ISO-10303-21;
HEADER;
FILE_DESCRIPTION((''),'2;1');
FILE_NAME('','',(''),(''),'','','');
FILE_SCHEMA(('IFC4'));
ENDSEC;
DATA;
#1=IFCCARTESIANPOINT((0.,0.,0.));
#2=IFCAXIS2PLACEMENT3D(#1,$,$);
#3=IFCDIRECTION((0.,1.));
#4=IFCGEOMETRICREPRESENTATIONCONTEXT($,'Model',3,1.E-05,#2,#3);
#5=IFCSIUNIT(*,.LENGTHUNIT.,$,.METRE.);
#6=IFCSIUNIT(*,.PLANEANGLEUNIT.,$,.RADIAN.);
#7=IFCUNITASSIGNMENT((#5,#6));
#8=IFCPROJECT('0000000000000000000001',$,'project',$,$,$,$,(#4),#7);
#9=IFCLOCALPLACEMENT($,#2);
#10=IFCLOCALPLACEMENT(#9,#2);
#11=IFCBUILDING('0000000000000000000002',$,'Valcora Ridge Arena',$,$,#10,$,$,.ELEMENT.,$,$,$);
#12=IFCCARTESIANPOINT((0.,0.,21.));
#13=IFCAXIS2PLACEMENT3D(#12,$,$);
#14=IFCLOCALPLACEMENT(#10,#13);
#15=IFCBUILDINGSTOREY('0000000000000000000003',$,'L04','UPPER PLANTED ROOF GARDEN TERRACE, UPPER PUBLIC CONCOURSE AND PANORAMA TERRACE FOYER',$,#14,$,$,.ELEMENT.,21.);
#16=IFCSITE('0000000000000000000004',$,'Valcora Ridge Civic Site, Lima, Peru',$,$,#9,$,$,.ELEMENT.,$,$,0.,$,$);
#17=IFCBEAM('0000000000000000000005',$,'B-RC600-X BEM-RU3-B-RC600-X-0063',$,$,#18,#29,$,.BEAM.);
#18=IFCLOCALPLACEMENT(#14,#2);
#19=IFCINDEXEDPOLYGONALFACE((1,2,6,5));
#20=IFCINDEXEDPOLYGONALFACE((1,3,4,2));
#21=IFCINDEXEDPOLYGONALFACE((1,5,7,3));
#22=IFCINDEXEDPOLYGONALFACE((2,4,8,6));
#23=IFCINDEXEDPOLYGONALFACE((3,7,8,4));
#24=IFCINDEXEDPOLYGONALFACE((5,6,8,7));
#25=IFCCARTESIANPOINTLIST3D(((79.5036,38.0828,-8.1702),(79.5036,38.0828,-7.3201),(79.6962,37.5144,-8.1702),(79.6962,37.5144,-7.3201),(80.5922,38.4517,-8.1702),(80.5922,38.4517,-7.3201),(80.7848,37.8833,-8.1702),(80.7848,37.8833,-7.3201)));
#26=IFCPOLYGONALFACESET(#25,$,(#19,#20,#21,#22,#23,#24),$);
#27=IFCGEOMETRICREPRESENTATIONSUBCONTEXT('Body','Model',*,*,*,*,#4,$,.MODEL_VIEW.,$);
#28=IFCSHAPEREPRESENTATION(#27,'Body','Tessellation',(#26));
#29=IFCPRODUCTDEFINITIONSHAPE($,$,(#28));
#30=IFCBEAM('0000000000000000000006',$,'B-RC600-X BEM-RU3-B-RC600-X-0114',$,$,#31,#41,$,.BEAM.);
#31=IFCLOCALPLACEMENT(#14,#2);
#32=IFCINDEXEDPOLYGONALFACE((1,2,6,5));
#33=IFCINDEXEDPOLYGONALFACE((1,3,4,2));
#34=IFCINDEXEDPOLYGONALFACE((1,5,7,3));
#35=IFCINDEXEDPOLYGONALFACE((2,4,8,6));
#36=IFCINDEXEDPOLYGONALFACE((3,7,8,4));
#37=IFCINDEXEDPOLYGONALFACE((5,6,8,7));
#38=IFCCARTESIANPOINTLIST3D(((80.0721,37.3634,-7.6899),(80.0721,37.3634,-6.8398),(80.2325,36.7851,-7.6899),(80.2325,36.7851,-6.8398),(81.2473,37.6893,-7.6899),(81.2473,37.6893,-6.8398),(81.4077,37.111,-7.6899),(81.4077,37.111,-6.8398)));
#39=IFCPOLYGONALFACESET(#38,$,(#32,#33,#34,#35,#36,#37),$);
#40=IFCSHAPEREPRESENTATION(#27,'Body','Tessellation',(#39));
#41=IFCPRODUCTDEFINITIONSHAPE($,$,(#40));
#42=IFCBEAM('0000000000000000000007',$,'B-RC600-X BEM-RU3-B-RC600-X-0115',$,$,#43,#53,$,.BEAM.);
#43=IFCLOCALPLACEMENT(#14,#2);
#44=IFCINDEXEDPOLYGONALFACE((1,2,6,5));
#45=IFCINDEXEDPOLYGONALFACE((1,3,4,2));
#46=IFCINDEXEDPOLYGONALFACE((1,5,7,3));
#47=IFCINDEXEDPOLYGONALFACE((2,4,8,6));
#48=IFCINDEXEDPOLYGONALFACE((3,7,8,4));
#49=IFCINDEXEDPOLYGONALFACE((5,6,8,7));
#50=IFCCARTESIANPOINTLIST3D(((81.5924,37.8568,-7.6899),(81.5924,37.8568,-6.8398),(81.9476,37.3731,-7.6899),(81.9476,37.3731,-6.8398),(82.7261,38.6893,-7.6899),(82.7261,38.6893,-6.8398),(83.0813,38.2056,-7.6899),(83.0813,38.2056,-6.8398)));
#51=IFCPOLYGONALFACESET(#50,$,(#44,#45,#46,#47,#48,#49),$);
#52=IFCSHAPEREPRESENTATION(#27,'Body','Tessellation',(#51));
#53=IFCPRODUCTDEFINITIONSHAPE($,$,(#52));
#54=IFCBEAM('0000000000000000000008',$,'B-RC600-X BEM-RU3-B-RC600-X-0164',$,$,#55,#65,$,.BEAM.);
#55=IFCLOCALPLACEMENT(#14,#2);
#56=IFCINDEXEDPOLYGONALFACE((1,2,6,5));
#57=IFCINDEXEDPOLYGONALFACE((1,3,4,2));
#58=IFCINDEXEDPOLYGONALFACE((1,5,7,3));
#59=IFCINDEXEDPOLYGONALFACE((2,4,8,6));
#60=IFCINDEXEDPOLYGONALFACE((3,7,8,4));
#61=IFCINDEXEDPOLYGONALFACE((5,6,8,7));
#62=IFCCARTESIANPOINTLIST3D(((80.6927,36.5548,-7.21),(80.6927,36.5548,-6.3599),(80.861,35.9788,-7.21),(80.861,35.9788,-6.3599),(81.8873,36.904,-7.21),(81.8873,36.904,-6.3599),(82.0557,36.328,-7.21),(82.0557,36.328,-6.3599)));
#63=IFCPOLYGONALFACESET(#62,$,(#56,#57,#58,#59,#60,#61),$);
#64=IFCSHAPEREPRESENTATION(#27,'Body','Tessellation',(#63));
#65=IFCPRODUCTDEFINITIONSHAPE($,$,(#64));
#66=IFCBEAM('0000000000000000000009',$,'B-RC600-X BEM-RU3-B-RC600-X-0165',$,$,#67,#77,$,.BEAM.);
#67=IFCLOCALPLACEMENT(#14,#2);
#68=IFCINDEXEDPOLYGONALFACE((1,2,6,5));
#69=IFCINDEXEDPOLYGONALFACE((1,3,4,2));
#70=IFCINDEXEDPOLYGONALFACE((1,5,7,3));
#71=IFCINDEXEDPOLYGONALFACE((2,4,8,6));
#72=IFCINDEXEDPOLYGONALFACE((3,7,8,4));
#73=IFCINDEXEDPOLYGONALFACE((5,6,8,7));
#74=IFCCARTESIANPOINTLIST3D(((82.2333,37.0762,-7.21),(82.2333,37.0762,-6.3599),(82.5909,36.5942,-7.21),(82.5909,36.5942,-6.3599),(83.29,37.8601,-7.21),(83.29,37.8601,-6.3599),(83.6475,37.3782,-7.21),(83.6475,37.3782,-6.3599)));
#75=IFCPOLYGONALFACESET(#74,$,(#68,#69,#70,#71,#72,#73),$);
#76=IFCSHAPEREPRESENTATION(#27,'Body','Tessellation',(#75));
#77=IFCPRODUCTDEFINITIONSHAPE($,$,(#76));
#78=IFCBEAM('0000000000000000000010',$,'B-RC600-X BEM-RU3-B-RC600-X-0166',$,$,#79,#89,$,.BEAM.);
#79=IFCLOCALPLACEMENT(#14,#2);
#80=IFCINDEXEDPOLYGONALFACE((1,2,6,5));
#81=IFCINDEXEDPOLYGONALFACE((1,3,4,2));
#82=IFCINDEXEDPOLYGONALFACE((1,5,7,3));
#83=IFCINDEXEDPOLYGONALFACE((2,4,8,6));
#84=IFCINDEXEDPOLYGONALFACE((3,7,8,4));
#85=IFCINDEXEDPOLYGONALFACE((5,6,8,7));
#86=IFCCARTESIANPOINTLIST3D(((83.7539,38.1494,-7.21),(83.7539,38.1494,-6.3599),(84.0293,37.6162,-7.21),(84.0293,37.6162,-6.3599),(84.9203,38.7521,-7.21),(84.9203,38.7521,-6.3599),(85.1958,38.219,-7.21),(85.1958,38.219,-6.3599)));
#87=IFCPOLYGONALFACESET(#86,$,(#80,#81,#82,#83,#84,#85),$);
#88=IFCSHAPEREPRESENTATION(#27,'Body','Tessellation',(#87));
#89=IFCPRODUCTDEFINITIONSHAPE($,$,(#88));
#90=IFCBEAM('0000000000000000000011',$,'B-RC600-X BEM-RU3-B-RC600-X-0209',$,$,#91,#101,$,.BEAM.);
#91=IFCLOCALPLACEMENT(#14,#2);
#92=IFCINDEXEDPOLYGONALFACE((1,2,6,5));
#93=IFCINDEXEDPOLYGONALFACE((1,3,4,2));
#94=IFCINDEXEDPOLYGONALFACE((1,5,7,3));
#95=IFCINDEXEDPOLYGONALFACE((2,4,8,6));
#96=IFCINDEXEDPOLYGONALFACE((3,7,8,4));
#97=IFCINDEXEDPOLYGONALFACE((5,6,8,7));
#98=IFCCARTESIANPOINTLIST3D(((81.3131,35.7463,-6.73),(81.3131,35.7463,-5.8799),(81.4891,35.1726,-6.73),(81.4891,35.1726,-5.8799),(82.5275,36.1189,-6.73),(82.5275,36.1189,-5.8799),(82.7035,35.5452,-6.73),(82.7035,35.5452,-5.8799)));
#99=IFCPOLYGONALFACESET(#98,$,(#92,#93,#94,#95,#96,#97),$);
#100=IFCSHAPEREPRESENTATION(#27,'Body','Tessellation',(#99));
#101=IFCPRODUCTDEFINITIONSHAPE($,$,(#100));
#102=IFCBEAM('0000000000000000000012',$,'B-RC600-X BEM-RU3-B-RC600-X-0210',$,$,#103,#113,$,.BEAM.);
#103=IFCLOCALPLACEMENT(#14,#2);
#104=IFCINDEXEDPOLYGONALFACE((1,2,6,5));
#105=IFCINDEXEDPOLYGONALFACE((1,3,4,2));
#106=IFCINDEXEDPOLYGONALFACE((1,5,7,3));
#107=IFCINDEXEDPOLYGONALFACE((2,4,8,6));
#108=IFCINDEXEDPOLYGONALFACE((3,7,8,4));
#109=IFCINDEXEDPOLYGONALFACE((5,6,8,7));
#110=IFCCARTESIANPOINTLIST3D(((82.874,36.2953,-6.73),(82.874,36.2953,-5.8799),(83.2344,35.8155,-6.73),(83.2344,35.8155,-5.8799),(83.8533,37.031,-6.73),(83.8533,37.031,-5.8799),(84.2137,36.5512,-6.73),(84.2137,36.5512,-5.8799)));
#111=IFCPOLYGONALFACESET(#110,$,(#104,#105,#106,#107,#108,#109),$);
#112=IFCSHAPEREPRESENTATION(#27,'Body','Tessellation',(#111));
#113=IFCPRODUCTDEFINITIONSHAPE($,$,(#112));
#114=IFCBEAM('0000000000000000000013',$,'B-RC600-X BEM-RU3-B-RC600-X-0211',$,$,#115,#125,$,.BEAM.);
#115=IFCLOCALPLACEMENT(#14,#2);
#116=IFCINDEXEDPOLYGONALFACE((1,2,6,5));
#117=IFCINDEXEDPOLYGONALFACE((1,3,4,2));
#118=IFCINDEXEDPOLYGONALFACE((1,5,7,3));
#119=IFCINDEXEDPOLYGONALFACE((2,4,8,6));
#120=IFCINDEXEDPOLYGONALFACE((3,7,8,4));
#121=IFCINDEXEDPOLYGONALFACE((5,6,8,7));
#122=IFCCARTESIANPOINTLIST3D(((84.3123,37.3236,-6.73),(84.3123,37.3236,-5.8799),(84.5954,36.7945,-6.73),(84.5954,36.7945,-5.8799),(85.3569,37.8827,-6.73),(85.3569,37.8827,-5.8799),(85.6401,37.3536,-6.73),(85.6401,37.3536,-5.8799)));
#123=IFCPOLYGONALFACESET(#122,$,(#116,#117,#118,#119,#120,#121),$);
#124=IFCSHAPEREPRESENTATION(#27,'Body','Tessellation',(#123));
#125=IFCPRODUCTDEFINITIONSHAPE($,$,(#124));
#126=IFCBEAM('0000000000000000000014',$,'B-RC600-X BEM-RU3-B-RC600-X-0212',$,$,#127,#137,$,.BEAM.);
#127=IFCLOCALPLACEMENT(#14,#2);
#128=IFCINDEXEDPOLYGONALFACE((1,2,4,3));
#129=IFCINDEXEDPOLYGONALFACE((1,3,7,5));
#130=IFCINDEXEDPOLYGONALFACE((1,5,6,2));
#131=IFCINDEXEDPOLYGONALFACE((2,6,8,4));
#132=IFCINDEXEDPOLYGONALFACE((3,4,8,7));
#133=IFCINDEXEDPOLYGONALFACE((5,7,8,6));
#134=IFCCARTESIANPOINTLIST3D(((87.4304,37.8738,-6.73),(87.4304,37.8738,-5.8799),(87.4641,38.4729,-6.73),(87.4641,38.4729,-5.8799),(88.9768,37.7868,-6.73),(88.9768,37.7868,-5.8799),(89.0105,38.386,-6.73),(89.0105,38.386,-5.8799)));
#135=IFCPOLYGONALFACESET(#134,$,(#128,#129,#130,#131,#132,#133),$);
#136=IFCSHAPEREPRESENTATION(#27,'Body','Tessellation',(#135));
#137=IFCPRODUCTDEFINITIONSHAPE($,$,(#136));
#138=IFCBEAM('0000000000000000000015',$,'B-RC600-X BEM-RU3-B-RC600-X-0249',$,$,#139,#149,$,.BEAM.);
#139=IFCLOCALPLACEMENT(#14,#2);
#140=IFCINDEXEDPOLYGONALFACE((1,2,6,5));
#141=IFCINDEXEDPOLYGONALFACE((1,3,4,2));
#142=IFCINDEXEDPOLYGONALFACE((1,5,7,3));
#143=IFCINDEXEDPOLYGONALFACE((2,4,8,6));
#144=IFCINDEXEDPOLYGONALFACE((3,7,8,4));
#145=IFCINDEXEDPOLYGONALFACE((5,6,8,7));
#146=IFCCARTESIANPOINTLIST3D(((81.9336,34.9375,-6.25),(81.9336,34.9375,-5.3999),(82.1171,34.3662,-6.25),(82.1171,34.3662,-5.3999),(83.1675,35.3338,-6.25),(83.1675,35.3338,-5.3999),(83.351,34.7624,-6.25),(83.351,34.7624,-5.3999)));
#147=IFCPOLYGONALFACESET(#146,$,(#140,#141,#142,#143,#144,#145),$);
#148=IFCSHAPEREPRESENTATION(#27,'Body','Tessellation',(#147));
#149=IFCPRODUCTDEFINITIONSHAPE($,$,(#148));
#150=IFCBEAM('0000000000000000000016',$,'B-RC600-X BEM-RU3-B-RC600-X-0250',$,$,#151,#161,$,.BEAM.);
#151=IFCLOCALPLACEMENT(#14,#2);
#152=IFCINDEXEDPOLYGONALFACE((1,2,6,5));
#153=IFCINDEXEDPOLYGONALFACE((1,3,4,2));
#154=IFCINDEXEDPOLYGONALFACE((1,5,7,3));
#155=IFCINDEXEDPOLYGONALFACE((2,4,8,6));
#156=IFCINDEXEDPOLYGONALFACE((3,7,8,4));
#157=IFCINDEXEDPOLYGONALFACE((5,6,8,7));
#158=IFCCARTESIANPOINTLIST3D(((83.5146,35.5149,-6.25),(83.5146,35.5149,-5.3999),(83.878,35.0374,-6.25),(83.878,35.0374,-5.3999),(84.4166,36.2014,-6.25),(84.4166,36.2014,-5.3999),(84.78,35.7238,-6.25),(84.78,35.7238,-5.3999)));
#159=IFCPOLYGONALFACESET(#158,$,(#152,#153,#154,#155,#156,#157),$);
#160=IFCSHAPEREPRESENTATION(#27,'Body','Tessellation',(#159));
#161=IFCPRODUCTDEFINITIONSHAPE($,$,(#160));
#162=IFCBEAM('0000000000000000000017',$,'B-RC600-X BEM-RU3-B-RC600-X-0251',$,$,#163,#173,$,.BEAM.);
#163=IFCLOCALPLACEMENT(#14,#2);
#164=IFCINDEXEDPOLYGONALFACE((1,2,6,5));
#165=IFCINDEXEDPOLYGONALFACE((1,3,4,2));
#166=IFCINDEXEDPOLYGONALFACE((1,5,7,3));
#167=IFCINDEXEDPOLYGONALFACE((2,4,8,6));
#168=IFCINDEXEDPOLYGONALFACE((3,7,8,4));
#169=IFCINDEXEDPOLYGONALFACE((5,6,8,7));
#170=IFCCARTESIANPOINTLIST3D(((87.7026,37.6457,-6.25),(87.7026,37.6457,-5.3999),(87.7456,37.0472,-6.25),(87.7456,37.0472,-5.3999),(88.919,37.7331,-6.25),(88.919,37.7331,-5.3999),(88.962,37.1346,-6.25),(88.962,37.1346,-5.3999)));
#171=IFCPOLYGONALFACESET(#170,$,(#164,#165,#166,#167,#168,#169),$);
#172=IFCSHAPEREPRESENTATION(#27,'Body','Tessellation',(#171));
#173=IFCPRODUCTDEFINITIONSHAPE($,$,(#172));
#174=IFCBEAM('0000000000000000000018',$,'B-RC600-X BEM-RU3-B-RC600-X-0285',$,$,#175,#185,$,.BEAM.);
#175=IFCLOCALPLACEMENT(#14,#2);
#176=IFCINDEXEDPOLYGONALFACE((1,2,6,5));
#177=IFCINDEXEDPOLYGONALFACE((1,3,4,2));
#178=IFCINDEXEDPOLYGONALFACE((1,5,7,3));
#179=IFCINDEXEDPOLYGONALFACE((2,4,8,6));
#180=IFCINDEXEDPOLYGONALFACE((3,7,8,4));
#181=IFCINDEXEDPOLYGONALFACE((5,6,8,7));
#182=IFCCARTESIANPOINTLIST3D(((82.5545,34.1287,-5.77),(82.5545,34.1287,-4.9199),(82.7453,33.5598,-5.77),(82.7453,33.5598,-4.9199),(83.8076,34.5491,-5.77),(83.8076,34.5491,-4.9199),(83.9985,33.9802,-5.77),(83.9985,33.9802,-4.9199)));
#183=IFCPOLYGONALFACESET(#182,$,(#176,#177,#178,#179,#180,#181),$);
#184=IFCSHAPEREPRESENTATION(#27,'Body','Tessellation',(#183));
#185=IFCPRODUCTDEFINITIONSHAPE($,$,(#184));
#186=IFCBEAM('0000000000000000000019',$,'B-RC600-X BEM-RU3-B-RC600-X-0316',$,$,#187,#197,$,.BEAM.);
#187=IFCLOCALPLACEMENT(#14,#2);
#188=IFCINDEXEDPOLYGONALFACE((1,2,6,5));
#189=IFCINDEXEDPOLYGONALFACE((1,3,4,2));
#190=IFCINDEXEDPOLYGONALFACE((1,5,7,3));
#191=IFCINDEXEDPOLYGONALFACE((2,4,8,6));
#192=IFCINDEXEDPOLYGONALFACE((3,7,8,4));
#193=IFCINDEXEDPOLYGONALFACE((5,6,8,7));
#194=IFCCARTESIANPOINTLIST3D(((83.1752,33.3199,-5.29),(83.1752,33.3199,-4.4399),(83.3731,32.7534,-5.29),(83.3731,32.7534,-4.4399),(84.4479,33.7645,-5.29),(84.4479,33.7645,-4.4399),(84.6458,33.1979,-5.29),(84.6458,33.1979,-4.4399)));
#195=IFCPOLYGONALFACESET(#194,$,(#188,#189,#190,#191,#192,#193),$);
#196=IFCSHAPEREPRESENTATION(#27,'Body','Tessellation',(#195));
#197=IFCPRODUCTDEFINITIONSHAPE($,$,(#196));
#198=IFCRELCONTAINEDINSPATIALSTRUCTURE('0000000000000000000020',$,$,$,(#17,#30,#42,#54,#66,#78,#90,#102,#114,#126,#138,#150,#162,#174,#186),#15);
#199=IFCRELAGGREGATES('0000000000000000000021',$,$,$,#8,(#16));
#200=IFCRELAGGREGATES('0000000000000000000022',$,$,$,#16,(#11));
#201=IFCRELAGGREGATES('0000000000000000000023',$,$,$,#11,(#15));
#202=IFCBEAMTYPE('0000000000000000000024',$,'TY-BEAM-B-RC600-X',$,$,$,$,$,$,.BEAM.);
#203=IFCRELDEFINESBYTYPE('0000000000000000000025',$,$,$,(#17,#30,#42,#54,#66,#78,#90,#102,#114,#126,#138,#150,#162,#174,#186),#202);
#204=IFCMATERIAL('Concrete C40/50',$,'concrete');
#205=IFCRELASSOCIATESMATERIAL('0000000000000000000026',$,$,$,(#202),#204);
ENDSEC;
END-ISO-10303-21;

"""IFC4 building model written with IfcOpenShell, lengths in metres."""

from ifc_helpers import new_model, si_unit, direction, frame, origin, origin_2d, place, context, subcontext, project, spatial, rectangle, extrude, material, material_profile, profile_set, type_object, element, save


model = new_model("IFC4")

# Units and contexts
model_context = context("Model", 3, precision=1e-05, world=origin(), true_north=direction((0.0, 1.0)))
body_context = subcontext(model_context, "Body", "Model", "MODEL_VIEW")
ifc_project = project(units=[si_unit("LENGTHUNIT", "METRE"), si_unit("PLANEANGLEUNIT", "RADIAN")], contexts=[model_context])

# Site, building, storey
site_placement = place(None, origin())
site = spatial("IfcSite", under=ifc_project, at=site_placement, Name="Valcora Ridge Civic Site, Lima, Peru", CompositionType="ELEMENT", RefElevation=0.0)
building_placement = place(site_placement, origin())
building = spatial("IfcBuilding", under=site, at=building_placement, Name="Valcora Ridge Arena", CompositionType="ELEMENT")
storey_placement = place(building_placement, frame((0.0, 0.0, 21.0)))
storey = spatial("IfcBuildingStorey", under=building, at=storey_placement, Name="L04", Description="UPPER PLANTED ROOF GARDEN TERRACE, UPPER PUBLIC CONCOURSE AND PANORAMA TERRACE FOYER", CompositionType="ELEMENT", Elevation=21.0)

# Beams
ifc_material_1 = material(Name="Concrete C40/50", Category="concrete")
ifc_material_profile_1 = material_profile(ifc_material_1, rectangle(XDim=0.6001, YDim=0.8501, at=origin_2d()), Name="RC 600x850")
ifc_profile_set_1 = profile_set([ifc_material_profile_1], Name="Concrete C40/50")
beam_type_1 = type_object("IfcBeamType", Name="TY-BEAM-B-RC600-X", PredefinedType="BEAM", material=ifc_profile_set_1)
beam_1_placement = place(storey_placement, frame((79.5999, 37.7986, -7.7451), z_axis=(0.9471, 0.320939, 0.0), x_axis=(-0.320939, 0.9471, 0.0)))
element("IfcBeam", 1, at=beam_1_placement, inside=storey, type_object=beam_type_1, Name="B-RC600-X BEM-RU3-B-RC600-X-0063", PredefinedType="BEAM", context=body_context, shape_type="SweptSolid", body=[
    extrude(rectangle(XDim=0.6001, YDim=0.8501, at=origin_2d()), origin(), (0.0, 0.0, 1.0), 1.1494),
])
beam_2_placement = place(storey_placement, frame((80.1523, 37.0742, -7.2649), z_axis=(0.963618, 0.267282, 0.0), x_axis=(-0.267282, 0.963618, 0.0)))
element("IfcBeam", 2, at=beam_2_placement, inside=storey, type_object=beam_type_1, Name="B-RC600-X BEM-RU3-B-RC600-X-0114", PredefinedType="BEAM", context=body_context, shape_type="SweptSolid", body=[
    extrude(rectangle(XDim=0.6001, YDim=0.8501, at=origin_2d()), origin(), (0.0, 0.0, 1.0), 1.2195),
])
beam_3_placement = place(storey_placement, frame((81.77, 37.615, -7.2649), z_axis=(0.806041, 0.59186, 0.0), x_axis=(-0.59186, 0.806041, 0.0)))
element("IfcBeam", 3, at=beam_3_placement, inside=storey, type_object=beam_type_1, Name="B-RC600-X BEM-RU3-B-RC600-X-0115", PredefinedType="BEAM", context=body_context, shape_type="SweptSolid", body=[
    extrude(rectangle(XDim=0.6001, YDim=0.8501, at=origin_2d()), origin(), (0.0, 0.0, 1.0), 1.4065),
])
beam_4_placement = place(storey_placement, frame((80.7769, 36.2668, -6.7849), z_axis=(0.959848, 0.28052, 0.0), x_axis=(-0.28052, 0.959848, 0.0)))
element("IfcBeam", 4, at=beam_4_placement, inside=storey, type_object=beam_type_1, Name="B-RC600-X BEM-RU3-B-RC600-X-0164", PredefinedType="BEAM", context=body_context, shape_type="SweptSolid", body=[
    extrude(rectangle(XDim=0.6001, YDim=0.8501, at=origin_2d()), origin(), (0.0, 0.0, 1.0), 1.2446),
])
beam_5_placement = place(storey_placement, frame((82.4121, 36.8352, -6.7849), z_axis=(0.803107, 0.595835, 0.0), x_axis=(-0.595835, 0.803107, 0.0)))
element("IfcBeam", 5, at=beam_5_placement, inside=storey, type_object=beam_type_1, Name="B-RC600-X BEM-RU3-B-RC600-X-0165", PredefinedType="BEAM", context=body_context, shape_type="SweptSolid", body=[
    extrude(rectangle(XDim=0.6001, YDim=0.8501, at=origin_2d()), origin(), (0.0, 0.0, 1.0), 1.3157),
])
beam_6_placement = place(storey_placement, frame((83.8916, 37.8828, -6.7849), z_axis=(0.888398, 0.459074, 0.0), x_axis=(-0.459074, 0.888398, 0.0)))
element("IfcBeam", 6, at=beam_6_placement, inside=storey, type_object=beam_type_1, Name="B-RC600-X BEM-RU3-B-RC600-X-0166", PredefinedType="BEAM", context=body_context, shape_type="SweptSolid", body=[
    extrude(rectangle(XDim=0.6001, YDim=0.8501, at=origin_2d()), origin(), (0.0, 0.0, 1.0), 1.313),
])
beam_7_placement = place(storey_placement, frame((81.4011, 35.4595, -6.3049), z_axis=(0.95602, 0.293302, 0.0), x_axis=(-0.293302, 0.95602, 0.0)))
element("IfcBeam", 7, at=beam_7_placement, inside=storey, type_object=beam_type_1, Name="B-RC600-X BEM-RU3-B-RC600-X-0209", PredefinedType="BEAM", context=body_context, shape_type="SweptSolid", body=[
    extrude(rectangle(XDim=0.6001, YDim=0.8501, at=origin_2d()), origin(), (0.0, 0.0, 1.0), 1.2703),
])
beam_8_placement = place(storey_placement, frame((83.0542, 36.0554, -6.3049), z_axis=(0.799545, 0.600606, 0.0), x_axis=(-0.600606, 0.799545, 0.0)))
element("IfcBeam", 8, at=beam_8_placement, inside=storey, type_object=beam_type_1, Name="B-RC600-X BEM-RU3-B-RC600-X-0210", PredefinedType="BEAM", context=body_context, shape_type="SweptSolid", body=[
    extrude(rectangle(XDim=0.6001, YDim=0.8501, at=origin_2d()), origin(), (0.0, 0.0, 1.0), 1.2249),
])
beam_9_placement = place(storey_placement, frame((84.4539, 37.0591, -6.3049), z_axis=(0.881679, 0.47185, 0.0), x_axis=(-0.47185, 0.881679, 0.0)))
element("IfcBeam", 9, at=beam_9_placement, inside=storey, type_object=beam_type_1, Name="B-RC600-X BEM-RU3-B-RC600-X-0211", PredefinedType="BEAM", context=body_context, shape_type="SweptSolid", body=[
    extrude(rectangle(XDim=0.6001, YDim=0.8501, at=origin_2d()), origin(), (0.0, 0.0, 1.0), 1.1848),
])
beam_10_placement = place(storey_placement, frame((87.4473, 38.1733, -6.3049), z_axis=(0.998424, -0.056116, 0.0), x_axis=(0.056116, 0.998424, 0.0)))
element("IfcBeam", 10, at=beam_10_placement, inside=storey, type_object=beam_type_1, Name="B-RC600-X BEM-RU3-B-RC600-X-0212", PredefinedType="BEAM", context=body_context, shape_type="SweptSolid", body=[
    extrude(rectangle(XDim=0.6001, YDim=0.8501, at=origin_2d()), origin(), (0.0, 0.0, 1.0), 1.5488),
])
beam_11_placement = place(storey_placement, frame((82.0254, 34.6519, -5.825), z_axis=(0.952111, 0.305753, 0.0), x_axis=(-0.305753, 0.952111, 0.0)))
element("IfcBeam", 11, at=beam_11_placement, inside=storey, type_object=beam_type_1, Name="B-RC600-X BEM-RU3-B-RC600-X-0249", PredefinedType="BEAM", context=body_context, shape_type="SweptSolid", body=[
    extrude(rectangle(XDim=0.6001, YDim=0.8501, at=origin_2d()), origin(), (0.0, 0.0, 1.0), 1.2959),
])
beam_12_placement = place(storey_placement, frame((83.6963, 35.2761, -5.825), z_axis=(0.795768, 0.605602, 0.0), x_axis=(-0.605602, 0.795768, 0.0)))
element("IfcBeam", 12, at=beam_12_placement, inside=storey, type_object=beam_type_1, Name="B-RC600-X BEM-RU3-B-RC600-X-0250", PredefinedType="BEAM", context=body_context, shape_type="SweptSolid", body=[
    extrude(rectangle(XDim=0.6001, YDim=0.8501, at=origin_2d()), origin(), (0.0, 0.0, 1.0), 1.1335),
])
beam_13_placement = place(storey_placement, frame((87.7241, 37.3464, -5.825), z_axis=(0.997428, 0.071674, 0.0), x_axis=(-0.071674, 0.997428, 0.0)))
element("IfcBeam", 13, at=beam_13_placement, inside=storey, type_object=beam_type_1, Name="B-RC600-X BEM-RU3-B-RC600-X-0251", PredefinedType="BEAM", context=body_context, shape_type="SweptSolid", body=[
    extrude(rectangle(XDim=0.6001, YDim=0.8501, at=origin_2d()), origin(), (0.0, 0.0, 1.0), 1.2195),
])
beam_14_placement = place(storey_placement, frame((82.6499, 33.8442, -5.345), z_axis=(0.948072, 0.318056, 0.0), x_axis=(-0.318056, 0.948072, 0.0)))
element("IfcBeam", 14, at=beam_14_placement, inside=storey, type_object=beam_type_1, Name="B-RC600-X BEM-RU3-B-RC600-X-0285", PredefinedType="BEAM", context=body_context, shape_type="SweptSolid", body=[
    extrude(rectangle(XDim=0.6001, YDim=0.8501, at=origin_2d()), origin(), (0.0, 0.0, 1.0), 1.3218),
])
beam_15_placement = place(storey_placement, frame((83.2742, 33.0366, -4.865), z_axis=(0.944059, 0.329778, 0.0), x_axis=(-0.329778, 0.944059, 0.0)))
element("IfcBeam", 15, at=beam_15_placement, inside=storey, type_object=beam_type_1, Name="B-RC600-X BEM-RU3-B-RC600-X-0316", PredefinedType="BEAM", context=body_context, shape_type="SweptSolid", body=[
    extrude(rectangle(XDim=0.6001, YDim=0.8501, at=origin_2d()), origin(), (0.0, 0.0, 1.0), 1.3481),
])

save(model, "model.ifc")
